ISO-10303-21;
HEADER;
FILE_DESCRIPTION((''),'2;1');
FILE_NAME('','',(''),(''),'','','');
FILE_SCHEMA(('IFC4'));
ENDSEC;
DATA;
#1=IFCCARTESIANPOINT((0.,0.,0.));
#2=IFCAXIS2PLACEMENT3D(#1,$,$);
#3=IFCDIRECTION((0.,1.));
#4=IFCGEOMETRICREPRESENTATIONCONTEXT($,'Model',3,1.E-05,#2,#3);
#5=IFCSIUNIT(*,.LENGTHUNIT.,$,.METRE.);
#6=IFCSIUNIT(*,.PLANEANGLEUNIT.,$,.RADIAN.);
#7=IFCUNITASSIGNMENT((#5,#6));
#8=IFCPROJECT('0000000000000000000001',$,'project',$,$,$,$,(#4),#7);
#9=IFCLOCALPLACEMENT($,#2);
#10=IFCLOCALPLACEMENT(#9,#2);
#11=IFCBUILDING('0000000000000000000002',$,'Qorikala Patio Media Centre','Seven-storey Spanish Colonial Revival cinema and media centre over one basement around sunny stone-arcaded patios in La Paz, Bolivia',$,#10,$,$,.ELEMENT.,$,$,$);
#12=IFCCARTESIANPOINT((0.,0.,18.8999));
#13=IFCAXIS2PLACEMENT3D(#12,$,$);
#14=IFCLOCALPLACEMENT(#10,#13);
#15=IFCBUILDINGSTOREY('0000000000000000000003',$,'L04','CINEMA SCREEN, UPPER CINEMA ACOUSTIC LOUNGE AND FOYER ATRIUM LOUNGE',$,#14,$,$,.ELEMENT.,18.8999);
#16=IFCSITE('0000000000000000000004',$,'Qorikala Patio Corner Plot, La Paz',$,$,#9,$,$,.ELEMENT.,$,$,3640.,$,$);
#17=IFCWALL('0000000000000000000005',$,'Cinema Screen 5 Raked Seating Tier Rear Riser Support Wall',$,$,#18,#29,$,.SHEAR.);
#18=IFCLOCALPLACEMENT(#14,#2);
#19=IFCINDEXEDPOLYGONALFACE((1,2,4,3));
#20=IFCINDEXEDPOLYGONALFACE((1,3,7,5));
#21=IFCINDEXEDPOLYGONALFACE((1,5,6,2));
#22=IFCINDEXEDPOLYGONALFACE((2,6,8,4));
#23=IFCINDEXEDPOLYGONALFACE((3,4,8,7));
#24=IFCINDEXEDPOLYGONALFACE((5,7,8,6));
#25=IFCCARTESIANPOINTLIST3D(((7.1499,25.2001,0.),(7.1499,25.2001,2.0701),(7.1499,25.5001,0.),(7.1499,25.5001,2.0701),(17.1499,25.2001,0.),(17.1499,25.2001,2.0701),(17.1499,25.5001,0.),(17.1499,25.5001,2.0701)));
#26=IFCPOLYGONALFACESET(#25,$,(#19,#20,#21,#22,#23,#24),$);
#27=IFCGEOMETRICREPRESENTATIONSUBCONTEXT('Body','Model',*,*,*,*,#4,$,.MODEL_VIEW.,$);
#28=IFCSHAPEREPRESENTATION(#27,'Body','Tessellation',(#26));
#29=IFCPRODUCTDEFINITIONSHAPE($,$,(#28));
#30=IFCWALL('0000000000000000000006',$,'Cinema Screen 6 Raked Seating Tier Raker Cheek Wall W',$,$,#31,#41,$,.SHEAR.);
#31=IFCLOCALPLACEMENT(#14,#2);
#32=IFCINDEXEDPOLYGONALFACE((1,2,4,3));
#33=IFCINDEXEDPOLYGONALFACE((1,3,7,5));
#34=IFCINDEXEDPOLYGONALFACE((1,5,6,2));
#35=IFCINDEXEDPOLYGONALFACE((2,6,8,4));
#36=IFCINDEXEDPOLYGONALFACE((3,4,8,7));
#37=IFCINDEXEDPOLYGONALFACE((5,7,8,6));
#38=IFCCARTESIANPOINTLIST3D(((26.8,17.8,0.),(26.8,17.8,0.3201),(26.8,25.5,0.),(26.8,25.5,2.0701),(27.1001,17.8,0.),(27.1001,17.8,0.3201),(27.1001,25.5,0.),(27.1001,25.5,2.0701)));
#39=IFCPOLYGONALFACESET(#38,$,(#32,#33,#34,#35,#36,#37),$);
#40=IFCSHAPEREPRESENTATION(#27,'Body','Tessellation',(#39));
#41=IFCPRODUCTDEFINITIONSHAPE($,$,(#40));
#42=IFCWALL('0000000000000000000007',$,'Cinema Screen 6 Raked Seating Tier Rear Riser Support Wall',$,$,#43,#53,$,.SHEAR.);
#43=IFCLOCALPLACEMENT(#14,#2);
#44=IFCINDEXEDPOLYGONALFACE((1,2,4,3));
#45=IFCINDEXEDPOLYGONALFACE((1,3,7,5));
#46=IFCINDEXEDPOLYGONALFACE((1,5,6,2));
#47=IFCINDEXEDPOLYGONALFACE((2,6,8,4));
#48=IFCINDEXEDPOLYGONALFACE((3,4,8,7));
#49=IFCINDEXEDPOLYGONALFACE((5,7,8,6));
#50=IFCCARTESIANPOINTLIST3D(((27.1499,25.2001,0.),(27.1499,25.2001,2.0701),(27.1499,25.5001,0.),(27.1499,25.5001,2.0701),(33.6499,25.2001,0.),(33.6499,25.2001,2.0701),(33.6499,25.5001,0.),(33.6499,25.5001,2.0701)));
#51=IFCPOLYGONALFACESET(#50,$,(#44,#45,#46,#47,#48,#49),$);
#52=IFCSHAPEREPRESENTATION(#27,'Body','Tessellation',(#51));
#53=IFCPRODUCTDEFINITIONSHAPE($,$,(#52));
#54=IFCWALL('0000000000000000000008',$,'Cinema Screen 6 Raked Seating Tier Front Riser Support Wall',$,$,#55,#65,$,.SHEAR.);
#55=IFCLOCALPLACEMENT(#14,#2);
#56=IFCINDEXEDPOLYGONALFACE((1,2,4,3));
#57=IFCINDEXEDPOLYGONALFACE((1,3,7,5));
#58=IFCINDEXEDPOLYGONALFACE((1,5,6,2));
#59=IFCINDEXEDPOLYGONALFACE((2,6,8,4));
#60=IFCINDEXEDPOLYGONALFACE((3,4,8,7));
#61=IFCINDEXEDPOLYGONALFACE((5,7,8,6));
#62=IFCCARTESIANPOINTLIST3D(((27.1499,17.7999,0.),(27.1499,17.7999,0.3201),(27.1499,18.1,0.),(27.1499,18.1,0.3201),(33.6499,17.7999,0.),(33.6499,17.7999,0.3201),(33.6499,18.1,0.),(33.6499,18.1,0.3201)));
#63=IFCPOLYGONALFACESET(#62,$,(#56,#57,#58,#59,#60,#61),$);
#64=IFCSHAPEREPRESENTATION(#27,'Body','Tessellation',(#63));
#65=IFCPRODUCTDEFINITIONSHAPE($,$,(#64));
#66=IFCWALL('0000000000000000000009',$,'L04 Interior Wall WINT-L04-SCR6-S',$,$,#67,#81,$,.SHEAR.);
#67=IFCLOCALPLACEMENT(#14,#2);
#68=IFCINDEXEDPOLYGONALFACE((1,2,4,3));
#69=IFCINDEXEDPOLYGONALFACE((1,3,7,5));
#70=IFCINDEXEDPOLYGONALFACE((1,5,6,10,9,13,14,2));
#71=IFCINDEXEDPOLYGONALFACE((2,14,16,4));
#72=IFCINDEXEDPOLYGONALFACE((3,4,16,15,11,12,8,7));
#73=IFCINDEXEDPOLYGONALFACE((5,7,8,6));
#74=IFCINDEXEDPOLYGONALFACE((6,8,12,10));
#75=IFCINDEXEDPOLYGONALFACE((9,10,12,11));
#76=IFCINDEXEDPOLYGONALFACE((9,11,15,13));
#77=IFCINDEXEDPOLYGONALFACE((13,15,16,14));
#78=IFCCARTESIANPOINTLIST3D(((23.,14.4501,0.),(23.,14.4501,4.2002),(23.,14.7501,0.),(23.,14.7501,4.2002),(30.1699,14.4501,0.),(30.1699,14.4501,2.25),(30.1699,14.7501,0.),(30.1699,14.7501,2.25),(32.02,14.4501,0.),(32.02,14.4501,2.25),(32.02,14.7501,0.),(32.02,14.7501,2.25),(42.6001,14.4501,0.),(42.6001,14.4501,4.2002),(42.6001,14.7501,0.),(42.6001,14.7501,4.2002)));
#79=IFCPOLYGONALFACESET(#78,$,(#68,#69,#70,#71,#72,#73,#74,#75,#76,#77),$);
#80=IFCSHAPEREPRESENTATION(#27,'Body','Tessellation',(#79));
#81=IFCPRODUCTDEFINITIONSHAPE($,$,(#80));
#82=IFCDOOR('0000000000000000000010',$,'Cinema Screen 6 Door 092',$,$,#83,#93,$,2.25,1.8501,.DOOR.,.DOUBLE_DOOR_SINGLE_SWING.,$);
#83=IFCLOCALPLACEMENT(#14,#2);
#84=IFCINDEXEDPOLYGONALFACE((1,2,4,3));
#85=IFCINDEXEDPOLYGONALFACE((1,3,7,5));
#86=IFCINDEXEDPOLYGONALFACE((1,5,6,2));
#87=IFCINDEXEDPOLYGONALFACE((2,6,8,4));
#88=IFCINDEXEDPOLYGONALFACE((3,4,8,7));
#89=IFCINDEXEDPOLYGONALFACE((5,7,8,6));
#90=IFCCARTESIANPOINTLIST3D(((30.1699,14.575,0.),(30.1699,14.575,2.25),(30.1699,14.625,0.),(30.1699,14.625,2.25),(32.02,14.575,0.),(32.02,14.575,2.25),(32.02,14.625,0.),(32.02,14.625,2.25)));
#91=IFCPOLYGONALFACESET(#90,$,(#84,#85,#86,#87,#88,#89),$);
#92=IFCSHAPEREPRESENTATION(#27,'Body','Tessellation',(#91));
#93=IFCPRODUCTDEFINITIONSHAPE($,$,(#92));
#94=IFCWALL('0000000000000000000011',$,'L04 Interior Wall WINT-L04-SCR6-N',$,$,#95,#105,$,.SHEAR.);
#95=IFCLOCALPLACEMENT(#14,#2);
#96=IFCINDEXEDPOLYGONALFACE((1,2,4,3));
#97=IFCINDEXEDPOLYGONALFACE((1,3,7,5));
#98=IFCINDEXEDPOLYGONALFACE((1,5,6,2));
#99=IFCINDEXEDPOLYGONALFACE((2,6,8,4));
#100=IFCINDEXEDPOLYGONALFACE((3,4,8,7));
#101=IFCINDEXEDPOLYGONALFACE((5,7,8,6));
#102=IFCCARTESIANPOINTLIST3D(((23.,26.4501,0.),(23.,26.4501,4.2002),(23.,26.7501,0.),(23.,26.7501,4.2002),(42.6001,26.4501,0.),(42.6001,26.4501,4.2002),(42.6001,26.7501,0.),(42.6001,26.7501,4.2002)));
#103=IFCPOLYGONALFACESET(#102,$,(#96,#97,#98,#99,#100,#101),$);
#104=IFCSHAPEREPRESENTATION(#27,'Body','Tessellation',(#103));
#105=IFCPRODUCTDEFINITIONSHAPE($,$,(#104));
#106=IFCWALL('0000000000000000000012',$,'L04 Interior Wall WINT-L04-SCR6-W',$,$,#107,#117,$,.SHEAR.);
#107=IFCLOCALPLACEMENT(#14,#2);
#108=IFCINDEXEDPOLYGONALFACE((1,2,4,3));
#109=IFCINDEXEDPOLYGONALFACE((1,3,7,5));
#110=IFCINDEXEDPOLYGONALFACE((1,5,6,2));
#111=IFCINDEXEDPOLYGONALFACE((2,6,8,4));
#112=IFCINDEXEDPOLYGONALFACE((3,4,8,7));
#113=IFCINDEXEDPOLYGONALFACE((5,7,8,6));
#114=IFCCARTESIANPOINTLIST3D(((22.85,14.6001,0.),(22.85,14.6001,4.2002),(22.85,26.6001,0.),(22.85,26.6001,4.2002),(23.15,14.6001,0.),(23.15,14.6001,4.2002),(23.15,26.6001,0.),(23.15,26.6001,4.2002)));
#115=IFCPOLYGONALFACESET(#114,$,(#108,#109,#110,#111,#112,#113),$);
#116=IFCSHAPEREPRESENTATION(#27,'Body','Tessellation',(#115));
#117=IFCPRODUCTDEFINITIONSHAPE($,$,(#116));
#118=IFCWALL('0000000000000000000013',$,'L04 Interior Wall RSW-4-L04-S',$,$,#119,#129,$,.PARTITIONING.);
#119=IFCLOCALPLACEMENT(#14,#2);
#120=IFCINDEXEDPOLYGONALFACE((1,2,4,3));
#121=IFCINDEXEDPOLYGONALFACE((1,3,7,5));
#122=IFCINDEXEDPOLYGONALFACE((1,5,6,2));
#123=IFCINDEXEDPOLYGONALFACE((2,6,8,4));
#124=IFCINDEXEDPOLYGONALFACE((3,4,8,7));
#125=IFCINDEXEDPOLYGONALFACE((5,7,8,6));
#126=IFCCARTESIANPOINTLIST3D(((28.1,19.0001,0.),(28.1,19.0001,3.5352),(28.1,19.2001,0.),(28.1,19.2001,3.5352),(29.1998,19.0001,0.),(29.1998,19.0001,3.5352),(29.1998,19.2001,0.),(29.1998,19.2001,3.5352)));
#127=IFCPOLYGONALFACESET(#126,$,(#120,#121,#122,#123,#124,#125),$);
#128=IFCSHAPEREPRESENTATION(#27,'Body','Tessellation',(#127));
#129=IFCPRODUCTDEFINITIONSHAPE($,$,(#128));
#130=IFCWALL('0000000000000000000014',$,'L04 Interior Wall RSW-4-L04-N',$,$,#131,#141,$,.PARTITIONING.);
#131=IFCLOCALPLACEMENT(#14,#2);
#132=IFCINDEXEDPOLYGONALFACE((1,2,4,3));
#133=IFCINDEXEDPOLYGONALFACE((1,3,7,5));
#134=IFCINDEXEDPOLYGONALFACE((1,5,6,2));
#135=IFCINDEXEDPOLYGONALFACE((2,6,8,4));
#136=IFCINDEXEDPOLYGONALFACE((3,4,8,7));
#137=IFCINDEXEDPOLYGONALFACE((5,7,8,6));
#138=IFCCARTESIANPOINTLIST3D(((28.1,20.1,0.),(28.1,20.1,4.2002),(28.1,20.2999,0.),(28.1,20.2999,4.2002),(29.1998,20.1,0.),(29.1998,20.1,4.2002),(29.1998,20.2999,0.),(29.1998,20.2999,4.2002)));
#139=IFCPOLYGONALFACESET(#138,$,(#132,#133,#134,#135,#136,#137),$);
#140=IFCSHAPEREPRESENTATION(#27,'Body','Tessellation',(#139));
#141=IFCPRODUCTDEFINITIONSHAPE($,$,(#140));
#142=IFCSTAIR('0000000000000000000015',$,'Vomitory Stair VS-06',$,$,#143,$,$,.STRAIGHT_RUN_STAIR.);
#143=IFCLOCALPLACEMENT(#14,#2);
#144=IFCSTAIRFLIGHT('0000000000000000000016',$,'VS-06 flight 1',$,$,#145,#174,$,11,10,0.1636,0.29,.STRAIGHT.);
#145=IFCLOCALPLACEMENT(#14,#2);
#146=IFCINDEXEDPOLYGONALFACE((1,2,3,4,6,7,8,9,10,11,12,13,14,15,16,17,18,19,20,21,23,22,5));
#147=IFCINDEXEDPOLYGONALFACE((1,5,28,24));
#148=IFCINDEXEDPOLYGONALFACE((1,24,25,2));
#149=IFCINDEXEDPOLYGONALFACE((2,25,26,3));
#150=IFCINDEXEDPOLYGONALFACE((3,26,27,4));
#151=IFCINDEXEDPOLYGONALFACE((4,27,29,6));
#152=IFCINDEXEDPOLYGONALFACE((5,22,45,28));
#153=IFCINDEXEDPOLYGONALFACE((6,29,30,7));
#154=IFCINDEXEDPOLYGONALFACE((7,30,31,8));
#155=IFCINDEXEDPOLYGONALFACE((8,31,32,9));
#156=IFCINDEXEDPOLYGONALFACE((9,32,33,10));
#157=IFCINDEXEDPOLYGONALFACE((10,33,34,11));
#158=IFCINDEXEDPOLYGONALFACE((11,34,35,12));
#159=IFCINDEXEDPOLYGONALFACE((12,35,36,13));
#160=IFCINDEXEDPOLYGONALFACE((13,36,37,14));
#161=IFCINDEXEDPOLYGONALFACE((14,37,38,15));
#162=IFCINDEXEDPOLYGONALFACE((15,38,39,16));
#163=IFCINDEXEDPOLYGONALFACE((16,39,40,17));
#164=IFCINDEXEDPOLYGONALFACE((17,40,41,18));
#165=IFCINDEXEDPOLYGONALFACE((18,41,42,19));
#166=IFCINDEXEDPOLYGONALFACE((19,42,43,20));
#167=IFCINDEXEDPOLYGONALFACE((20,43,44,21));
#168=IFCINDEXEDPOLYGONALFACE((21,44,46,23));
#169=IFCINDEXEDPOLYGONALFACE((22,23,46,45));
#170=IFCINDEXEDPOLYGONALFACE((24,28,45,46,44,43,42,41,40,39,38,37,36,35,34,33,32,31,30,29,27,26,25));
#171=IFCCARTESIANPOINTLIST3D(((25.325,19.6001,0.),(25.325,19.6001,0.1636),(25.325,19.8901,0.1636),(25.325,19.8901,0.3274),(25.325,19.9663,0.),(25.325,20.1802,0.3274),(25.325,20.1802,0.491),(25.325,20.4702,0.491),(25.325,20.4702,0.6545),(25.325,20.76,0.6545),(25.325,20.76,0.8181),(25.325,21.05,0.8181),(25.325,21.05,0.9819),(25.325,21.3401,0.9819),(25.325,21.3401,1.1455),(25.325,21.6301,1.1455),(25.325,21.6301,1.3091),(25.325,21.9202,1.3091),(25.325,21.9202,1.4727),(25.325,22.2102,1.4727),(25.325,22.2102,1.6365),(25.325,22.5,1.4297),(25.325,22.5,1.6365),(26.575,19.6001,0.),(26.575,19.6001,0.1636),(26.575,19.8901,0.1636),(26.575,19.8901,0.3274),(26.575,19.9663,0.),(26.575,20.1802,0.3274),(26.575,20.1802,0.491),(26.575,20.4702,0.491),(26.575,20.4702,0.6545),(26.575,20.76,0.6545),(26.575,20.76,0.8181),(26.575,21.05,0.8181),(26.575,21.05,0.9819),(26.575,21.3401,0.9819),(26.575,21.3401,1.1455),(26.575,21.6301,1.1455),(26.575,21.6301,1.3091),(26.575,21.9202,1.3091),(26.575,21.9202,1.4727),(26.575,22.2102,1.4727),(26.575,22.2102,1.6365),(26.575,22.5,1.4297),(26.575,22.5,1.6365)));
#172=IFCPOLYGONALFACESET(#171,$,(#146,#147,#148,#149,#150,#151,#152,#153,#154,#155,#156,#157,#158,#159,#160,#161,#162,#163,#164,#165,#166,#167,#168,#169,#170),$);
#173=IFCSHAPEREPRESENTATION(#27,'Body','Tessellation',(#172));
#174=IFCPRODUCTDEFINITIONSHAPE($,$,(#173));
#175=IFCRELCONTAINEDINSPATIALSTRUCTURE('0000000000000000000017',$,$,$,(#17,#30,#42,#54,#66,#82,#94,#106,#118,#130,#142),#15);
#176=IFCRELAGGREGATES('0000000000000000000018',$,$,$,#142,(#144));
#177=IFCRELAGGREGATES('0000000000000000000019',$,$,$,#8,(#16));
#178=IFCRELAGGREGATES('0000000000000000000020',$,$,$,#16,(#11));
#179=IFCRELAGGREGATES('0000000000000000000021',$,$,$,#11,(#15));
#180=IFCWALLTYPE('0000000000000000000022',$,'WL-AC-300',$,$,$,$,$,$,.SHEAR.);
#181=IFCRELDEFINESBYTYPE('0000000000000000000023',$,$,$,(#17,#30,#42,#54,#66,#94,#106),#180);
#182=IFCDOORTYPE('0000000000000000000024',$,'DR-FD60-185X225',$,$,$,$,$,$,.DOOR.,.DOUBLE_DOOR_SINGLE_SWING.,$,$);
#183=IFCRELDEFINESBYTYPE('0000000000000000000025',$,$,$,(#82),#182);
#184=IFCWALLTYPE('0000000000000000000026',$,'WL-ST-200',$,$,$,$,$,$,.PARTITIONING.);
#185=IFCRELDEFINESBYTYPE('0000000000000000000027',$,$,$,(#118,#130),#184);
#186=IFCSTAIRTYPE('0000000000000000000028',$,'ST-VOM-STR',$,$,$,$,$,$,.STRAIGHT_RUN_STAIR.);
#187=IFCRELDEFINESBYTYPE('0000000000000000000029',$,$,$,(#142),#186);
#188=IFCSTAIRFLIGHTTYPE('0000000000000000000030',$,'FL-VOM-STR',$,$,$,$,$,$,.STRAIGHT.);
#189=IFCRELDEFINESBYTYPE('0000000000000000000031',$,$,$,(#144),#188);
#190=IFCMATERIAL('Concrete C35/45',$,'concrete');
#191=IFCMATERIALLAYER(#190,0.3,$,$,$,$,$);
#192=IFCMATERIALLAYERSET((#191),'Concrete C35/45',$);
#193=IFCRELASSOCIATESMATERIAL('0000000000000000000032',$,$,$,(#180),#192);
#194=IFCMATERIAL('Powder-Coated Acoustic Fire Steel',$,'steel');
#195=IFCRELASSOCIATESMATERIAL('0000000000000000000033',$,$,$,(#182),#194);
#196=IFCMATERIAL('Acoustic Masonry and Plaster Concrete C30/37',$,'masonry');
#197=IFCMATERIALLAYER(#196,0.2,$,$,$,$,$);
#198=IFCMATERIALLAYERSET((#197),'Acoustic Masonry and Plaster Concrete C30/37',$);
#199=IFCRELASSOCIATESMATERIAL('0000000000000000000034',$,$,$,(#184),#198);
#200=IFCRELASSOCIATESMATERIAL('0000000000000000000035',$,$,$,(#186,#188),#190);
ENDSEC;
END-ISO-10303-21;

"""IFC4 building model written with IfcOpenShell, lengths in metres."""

from ifc_helpers import new_model, si_unit, direction, frame, frame_2d, origin, place, context, subcontext, project, spatial, polyline, rectangle, outline, extrude, material, layer, layer_set, type_object, element, fill, aggregate, save


model = new_model("IFC4")

# Units and contexts
model_context = context("Model", 3, precision=1e-05, world=origin(), true_north=direction((0.0, 1.0)))
body_context = subcontext(model_context, "Body", "Model", "MODEL_VIEW")
ifc_project = project(units=[si_unit("LENGTHUNIT", "METRE"), si_unit("PLANEANGLEUNIT", "RADIAN")], contexts=[model_context])

# Site, building, storey
site_placement = place(None, origin())
site = spatial("IfcSite", under=ifc_project, at=site_placement, Name="Qorikala Patio Corner Plot, La Paz", CompositionType="ELEMENT", RefElevation=3640.0)
building_placement = place(site_placement, origin())
building = spatial("IfcBuilding", under=site, at=building_placement, Name="Qorikala Patio Media Centre", Description="Seven-storey Spanish Colonial Revival cinema and media centre over one basement around sunny stone-arcaded patios in La Paz, Bolivia", CompositionType="ELEMENT")
storey_placement = place(building_placement, frame((0.0, 0.0, 18.8999)))
storey = spatial("IfcBuildingStorey", under=building, at=storey_placement, Name="L04", Description="CINEMA SCREEN, UPPER CINEMA ACOUSTIC LOUNGE AND FOYER ATRIUM LOUNGE", CompositionType="ELEMENT", Elevation=18.8999)

# Shared definitions
ifc_material_1 = material(Name="Concrete C35/45", Category="concrete")

# Walls
ifc_layer_1 = layer(ifc_material_1, 0.3)
ifc_layer_set_1 = layer_set([ifc_layer_1], Name="Concrete C35/45")
wall_type_1 = type_object("IfcWallType", Name="WL-AC-300", PredefinedType="SHEAR", material=ifc_layer_set_1)
wall_1_placement = place(storey_placement, frame((7.1499, 25.3501, 0.0), z_axis=(0.0, 0.0, 1.0), x_axis=(1.0, 0.0, 0.0)))
element("IfcWall", 1, at=wall_1_placement, inside=storey, type_object=wall_type_1, Name="Cinema Screen 5 Raked Seating Tier Rear Riser Support Wall", PredefinedType="SHEAR", context=body_context, shape_type="SweptSolid", body=[
    extrude(rectangle(XDim=10.0, YDim=0.3, at=frame_2d((5.0, 0.0))), origin(), (0.0, 0.0, 1.0), 2.0701),
])
wall_2_placement = place(storey_placement, frame((26.95, 17.8, 0.0), z_axis=(0.0, 0.0, 1.0), x_axis=(0.0, 1.0, 0.0)))
element("IfcWall", 2, at=wall_2_placement, inside=storey, type_object=wall_type_1, Name="Cinema Screen 6 Raked Seating Tier Raker Cheek Wall W", PredefinedType="SHEAR", context=body_context, shape_type="SweptSolid", body=[
    extrude(outline(polyline([(0.0, 0.0), (7.7, 0.0), (7.7, 2.0701), (0.0, 0.3201), (0.0, 0.0)])), frame((0.0, 0.1499, 0.0), z_axis=(0.0, -1.0, 0.0), x_axis=(1.0, 0.0, 0.0)), (0.0, 0.0, 1.0), 0.3),
])
wall_3_placement = place(storey_placement, frame((27.1499, 25.3501, 0.0), z_axis=(0.0, 0.0, 1.0), x_axis=(1.0, 0.0, 0.0)))
element("IfcWall", 3, at=wall_3_placement, inside=storey, type_object=wall_type_1, Name="Cinema Screen 6 Raked Seating Tier Rear Riser Support Wall", PredefinedType="SHEAR", context=body_context, shape_type="SweptSolid", body=[
    extrude(rectangle(XDim=6.5, YDim=0.3, at=frame_2d((3.25, 0.0))), origin(), (0.0, 0.0, 1.0), 2.0701),
])
wall_4_placement = place(storey_placement, frame((27.1499, 17.95, 0.0), z_axis=(0.0, 0.0, 1.0), x_axis=(1.0, 0.0, 0.0)))
element("IfcWall", 4, at=wall_4_placement, inside=storey, type_object=wall_type_1, Name="Cinema Screen 6 Raked Seating Tier Front Riser Support Wall", PredefinedType="SHEAR", context=body_context, shape_type="SweptSolid", body=[
    extrude(rectangle(XDim=6.5, YDim=0.3, at=frame_2d((3.25, 0.0))), origin(), (0.0, 0.0, 1.0), 0.3201),
])

# Wall, opening, door
wall_5_placement = place(storey_placement, frame((23.0, 14.6001, 0.0), z_axis=(0.0, 0.0, 1.0), x_axis=(1.0, 0.0, 0.0)))
wall_5 = element("IfcWall", 5, at=wall_5_placement, inside=storey, type_object=wall_type_1, Name="L04 Interior Wall WINT-L04-SCR6-S", PredefinedType="SHEAR", context=body_context, shape_type="SweptSolid", body=[
    extrude(rectangle(XDim=19.6001, YDim=0.3, at=frame_2d((9.8, 0.0))), origin(), (0.0, 0.0, 1.0), 4.2002),
])
opening_placement = place(wall_5_placement, frame((7.1699, 0.0, 0.0)))
opening = element("IfcOpeningElement", 6, at=opening_placement, cuts=wall_5, PredefinedType="OPENING", context=body_context, shape_type="SweptSolid", body=[
    extrude(rectangle(XDim=1.8501, YDim=2.25, at=frame_2d((0.925, 1.125))), frame((0.0, 0.1599, 0.0), z_axis=(0.0, -1.0, 0.0), x_axis=(1.0, 0.0, 0.0)), (0.0, 0.0, 1.0), 0.3201),
])
ifc_material_2 = material(Name="Powder-Coated Acoustic Fire Steel", Category="steel")
door_type = type_object("IfcDoorType", Name="DR-FD60-185X225", OperationType="DOUBLE_DOOR_SINGLE_SWING", PredefinedType="DOOR", material=ifc_material_2)
door_placement = place(opening_placement, origin())
door = element("IfcDoor", 7, at=door_placement, inside=storey, type_object=door_type, Name="Cinema Screen 6 Door 092", OperationType="DOUBLE_DOOR_SINGLE_SWING", OverallHeight=2.25, OverallWidth=1.8501, PredefinedType="DOOR", context=body_context, shape_type="SweptSolid", body=[
    extrude(rectangle(XDim=1.8501, YDim=2.25, at=frame_2d((0.925, 1.125))), frame((0.0, 0.0249, 0.0), z_axis=(0.0, -1.0, 0.0), x_axis=(1.0, 0.0, 0.0)), (0.0, 0.0, 1.0), 0.05),
])
fill(opening, door)

# Walls
wall_6_placement = place(storey_placement, frame((23.0, 26.6001, 0.0), z_axis=(0.0, 0.0, 1.0), x_axis=(1.0, 0.0, 0.0)))
element("IfcWall", 8, at=wall_6_placement, inside=storey, type_object=wall_type_1, Name="L04 Interior Wall WINT-L04-SCR6-N", PredefinedType="SHEAR", context=body_context, shape_type="SweptSolid", body=[
    extrude(rectangle(XDim=19.6001, YDim=0.3, at=frame_2d((9.8, 0.0))), origin(), (0.0, 0.0, 1.0), 4.2002),
])
wall_7_placement = place(storey_placement, frame((23.0, 14.6001, 0.0), z_axis=(0.0, 0.0, 1.0), x_axis=(0.0, 1.0, 0.0)))
element("IfcWall", 9, at=wall_7_placement, inside=storey, type_object=wall_type_1, Name="L04 Interior Wall WINT-L04-SCR6-W", PredefinedType="SHEAR", context=body_context, shape_type="SweptSolid", body=[
    extrude(rectangle(XDim=12.0, YDim=0.3, at=frame_2d((6.0, 0.0))), origin(), (0.0, 0.0, 1.0), 4.2002),
])
ifc_material_3 = material(Name="Acoustic Masonry and Plaster Concrete C30/37", Category="masonry")
ifc_layer_2 = layer(ifc_material_3, 0.2)
ifc_layer_set_2 = layer_set([ifc_layer_2], Name="Acoustic Masonry and Plaster Concrete C30/37")
wall_type_2 = type_object("IfcWallType", Name="WL-ST-200", PredefinedType="PARTITIONING", material=ifc_layer_set_2)
wall_8_placement = place(storey_placement, frame((28.1001, 19.1001, 0.0), z_axis=(0.0, 0.0, 1.0), x_axis=(1.0, 0.0, 0.0)))
element("IfcWall", 10, at=wall_8_placement, inside=storey, type_object=wall_type_2, Name="L04 Interior Wall RSW-4-L04-S", PredefinedType="PARTITIONING", context=body_context, shape_type="SweptSolid", body=[
    extrude(rectangle(XDim=1.0999, YDim=0.2, at=frame_2d((0.5498, 0.0))), origin(), (0.0, 0.0, 1.0), 3.5352),
])
wall_9_placement = place(storey_placement, frame((28.1001, 20.2, 0.0), z_axis=(0.0, 0.0, 1.0), x_axis=(1.0, 0.0, 0.0)))
element("IfcWall", 11, at=wall_9_placement, inside=storey, type_object=wall_type_2, Name="L04 Interior Wall RSW-4-L04-N", PredefinedType="PARTITIONING", context=body_context, shape_type="SweptSolid", body=[
    extrude(rectangle(XDim=1.0999, YDim=0.2, at=frame_2d((0.5498, 0.0))), origin(), (0.0, 0.0, 1.0), 4.2002),
])

# Stair, stair flight
stair_type = type_object("IfcStairType", Name="ST-VOM-STR", PredefinedType="STRAIGHT_RUN_STAIR", material=ifc_material_1)
stair_placement = place(storey_placement, origin())
stair = element("IfcStair", 12, at=stair_placement, inside=storey, type_object=stair_type, Name="Vomitory Stair VS-06", PredefinedType="STRAIGHT_RUN_STAIR")
stair_flight_type = type_object("IfcStairFlightType", Name="FL-VOM-STR", PredefinedType="STRAIGHT", material=ifc_material_1)
stair_flight_placement = place(storey_placement, frame((25.95, 19.6001, 0.0), z_axis=(0.0, 0.0, 1.0), x_axis=(0.0, 1.0, 0.0)))
stair_flight = element("IfcStairFlight", 13, at=stair_flight_placement, type_object=stair_flight_type, Name="VS-06 flight 1", NumberOfRisers=11, NumberOfTreads=10, PredefinedType="STRAIGHT", RiserHeight=0.1636, TreadLength=0.29, context=body_context, shape_type="SweptSolid", body=[
    extrude(outline(polyline([(0.0, 0.0), (0.0, 0.1636), (0.29, 0.1636), (0.29, 0.3274), (0.5801, 0.3274), (0.5801, 0.491), (0.8701, 0.491), (0.8701, 0.6545), (1.1599, 0.6545), (1.1599, 0.8181), (1.45, 0.8181), (1.45, 0.9819), (1.74, 0.9819), (1.74, 1.1455), (2.03, 1.1455), (2.03, 1.3091), (2.3201, 1.3091), (2.3201, 1.4727), (2.6101, 1.4727), (2.6101, 1.6365), (2.8999, 1.6365), (2.8999, 1.8), (2.8999, 1.4297), (0.3662, 0.0), (0.0, 0.0)])), frame((0.0, 0.625, 0.0), z_axis=(0.0, -1.0, 0.0), x_axis=(1.0, 0.0, 0.0)), (0.0, 0.0, 1.0), 1.25),
])
aggregate(stair, [stair_flight])

save(model, "model.ifc")
